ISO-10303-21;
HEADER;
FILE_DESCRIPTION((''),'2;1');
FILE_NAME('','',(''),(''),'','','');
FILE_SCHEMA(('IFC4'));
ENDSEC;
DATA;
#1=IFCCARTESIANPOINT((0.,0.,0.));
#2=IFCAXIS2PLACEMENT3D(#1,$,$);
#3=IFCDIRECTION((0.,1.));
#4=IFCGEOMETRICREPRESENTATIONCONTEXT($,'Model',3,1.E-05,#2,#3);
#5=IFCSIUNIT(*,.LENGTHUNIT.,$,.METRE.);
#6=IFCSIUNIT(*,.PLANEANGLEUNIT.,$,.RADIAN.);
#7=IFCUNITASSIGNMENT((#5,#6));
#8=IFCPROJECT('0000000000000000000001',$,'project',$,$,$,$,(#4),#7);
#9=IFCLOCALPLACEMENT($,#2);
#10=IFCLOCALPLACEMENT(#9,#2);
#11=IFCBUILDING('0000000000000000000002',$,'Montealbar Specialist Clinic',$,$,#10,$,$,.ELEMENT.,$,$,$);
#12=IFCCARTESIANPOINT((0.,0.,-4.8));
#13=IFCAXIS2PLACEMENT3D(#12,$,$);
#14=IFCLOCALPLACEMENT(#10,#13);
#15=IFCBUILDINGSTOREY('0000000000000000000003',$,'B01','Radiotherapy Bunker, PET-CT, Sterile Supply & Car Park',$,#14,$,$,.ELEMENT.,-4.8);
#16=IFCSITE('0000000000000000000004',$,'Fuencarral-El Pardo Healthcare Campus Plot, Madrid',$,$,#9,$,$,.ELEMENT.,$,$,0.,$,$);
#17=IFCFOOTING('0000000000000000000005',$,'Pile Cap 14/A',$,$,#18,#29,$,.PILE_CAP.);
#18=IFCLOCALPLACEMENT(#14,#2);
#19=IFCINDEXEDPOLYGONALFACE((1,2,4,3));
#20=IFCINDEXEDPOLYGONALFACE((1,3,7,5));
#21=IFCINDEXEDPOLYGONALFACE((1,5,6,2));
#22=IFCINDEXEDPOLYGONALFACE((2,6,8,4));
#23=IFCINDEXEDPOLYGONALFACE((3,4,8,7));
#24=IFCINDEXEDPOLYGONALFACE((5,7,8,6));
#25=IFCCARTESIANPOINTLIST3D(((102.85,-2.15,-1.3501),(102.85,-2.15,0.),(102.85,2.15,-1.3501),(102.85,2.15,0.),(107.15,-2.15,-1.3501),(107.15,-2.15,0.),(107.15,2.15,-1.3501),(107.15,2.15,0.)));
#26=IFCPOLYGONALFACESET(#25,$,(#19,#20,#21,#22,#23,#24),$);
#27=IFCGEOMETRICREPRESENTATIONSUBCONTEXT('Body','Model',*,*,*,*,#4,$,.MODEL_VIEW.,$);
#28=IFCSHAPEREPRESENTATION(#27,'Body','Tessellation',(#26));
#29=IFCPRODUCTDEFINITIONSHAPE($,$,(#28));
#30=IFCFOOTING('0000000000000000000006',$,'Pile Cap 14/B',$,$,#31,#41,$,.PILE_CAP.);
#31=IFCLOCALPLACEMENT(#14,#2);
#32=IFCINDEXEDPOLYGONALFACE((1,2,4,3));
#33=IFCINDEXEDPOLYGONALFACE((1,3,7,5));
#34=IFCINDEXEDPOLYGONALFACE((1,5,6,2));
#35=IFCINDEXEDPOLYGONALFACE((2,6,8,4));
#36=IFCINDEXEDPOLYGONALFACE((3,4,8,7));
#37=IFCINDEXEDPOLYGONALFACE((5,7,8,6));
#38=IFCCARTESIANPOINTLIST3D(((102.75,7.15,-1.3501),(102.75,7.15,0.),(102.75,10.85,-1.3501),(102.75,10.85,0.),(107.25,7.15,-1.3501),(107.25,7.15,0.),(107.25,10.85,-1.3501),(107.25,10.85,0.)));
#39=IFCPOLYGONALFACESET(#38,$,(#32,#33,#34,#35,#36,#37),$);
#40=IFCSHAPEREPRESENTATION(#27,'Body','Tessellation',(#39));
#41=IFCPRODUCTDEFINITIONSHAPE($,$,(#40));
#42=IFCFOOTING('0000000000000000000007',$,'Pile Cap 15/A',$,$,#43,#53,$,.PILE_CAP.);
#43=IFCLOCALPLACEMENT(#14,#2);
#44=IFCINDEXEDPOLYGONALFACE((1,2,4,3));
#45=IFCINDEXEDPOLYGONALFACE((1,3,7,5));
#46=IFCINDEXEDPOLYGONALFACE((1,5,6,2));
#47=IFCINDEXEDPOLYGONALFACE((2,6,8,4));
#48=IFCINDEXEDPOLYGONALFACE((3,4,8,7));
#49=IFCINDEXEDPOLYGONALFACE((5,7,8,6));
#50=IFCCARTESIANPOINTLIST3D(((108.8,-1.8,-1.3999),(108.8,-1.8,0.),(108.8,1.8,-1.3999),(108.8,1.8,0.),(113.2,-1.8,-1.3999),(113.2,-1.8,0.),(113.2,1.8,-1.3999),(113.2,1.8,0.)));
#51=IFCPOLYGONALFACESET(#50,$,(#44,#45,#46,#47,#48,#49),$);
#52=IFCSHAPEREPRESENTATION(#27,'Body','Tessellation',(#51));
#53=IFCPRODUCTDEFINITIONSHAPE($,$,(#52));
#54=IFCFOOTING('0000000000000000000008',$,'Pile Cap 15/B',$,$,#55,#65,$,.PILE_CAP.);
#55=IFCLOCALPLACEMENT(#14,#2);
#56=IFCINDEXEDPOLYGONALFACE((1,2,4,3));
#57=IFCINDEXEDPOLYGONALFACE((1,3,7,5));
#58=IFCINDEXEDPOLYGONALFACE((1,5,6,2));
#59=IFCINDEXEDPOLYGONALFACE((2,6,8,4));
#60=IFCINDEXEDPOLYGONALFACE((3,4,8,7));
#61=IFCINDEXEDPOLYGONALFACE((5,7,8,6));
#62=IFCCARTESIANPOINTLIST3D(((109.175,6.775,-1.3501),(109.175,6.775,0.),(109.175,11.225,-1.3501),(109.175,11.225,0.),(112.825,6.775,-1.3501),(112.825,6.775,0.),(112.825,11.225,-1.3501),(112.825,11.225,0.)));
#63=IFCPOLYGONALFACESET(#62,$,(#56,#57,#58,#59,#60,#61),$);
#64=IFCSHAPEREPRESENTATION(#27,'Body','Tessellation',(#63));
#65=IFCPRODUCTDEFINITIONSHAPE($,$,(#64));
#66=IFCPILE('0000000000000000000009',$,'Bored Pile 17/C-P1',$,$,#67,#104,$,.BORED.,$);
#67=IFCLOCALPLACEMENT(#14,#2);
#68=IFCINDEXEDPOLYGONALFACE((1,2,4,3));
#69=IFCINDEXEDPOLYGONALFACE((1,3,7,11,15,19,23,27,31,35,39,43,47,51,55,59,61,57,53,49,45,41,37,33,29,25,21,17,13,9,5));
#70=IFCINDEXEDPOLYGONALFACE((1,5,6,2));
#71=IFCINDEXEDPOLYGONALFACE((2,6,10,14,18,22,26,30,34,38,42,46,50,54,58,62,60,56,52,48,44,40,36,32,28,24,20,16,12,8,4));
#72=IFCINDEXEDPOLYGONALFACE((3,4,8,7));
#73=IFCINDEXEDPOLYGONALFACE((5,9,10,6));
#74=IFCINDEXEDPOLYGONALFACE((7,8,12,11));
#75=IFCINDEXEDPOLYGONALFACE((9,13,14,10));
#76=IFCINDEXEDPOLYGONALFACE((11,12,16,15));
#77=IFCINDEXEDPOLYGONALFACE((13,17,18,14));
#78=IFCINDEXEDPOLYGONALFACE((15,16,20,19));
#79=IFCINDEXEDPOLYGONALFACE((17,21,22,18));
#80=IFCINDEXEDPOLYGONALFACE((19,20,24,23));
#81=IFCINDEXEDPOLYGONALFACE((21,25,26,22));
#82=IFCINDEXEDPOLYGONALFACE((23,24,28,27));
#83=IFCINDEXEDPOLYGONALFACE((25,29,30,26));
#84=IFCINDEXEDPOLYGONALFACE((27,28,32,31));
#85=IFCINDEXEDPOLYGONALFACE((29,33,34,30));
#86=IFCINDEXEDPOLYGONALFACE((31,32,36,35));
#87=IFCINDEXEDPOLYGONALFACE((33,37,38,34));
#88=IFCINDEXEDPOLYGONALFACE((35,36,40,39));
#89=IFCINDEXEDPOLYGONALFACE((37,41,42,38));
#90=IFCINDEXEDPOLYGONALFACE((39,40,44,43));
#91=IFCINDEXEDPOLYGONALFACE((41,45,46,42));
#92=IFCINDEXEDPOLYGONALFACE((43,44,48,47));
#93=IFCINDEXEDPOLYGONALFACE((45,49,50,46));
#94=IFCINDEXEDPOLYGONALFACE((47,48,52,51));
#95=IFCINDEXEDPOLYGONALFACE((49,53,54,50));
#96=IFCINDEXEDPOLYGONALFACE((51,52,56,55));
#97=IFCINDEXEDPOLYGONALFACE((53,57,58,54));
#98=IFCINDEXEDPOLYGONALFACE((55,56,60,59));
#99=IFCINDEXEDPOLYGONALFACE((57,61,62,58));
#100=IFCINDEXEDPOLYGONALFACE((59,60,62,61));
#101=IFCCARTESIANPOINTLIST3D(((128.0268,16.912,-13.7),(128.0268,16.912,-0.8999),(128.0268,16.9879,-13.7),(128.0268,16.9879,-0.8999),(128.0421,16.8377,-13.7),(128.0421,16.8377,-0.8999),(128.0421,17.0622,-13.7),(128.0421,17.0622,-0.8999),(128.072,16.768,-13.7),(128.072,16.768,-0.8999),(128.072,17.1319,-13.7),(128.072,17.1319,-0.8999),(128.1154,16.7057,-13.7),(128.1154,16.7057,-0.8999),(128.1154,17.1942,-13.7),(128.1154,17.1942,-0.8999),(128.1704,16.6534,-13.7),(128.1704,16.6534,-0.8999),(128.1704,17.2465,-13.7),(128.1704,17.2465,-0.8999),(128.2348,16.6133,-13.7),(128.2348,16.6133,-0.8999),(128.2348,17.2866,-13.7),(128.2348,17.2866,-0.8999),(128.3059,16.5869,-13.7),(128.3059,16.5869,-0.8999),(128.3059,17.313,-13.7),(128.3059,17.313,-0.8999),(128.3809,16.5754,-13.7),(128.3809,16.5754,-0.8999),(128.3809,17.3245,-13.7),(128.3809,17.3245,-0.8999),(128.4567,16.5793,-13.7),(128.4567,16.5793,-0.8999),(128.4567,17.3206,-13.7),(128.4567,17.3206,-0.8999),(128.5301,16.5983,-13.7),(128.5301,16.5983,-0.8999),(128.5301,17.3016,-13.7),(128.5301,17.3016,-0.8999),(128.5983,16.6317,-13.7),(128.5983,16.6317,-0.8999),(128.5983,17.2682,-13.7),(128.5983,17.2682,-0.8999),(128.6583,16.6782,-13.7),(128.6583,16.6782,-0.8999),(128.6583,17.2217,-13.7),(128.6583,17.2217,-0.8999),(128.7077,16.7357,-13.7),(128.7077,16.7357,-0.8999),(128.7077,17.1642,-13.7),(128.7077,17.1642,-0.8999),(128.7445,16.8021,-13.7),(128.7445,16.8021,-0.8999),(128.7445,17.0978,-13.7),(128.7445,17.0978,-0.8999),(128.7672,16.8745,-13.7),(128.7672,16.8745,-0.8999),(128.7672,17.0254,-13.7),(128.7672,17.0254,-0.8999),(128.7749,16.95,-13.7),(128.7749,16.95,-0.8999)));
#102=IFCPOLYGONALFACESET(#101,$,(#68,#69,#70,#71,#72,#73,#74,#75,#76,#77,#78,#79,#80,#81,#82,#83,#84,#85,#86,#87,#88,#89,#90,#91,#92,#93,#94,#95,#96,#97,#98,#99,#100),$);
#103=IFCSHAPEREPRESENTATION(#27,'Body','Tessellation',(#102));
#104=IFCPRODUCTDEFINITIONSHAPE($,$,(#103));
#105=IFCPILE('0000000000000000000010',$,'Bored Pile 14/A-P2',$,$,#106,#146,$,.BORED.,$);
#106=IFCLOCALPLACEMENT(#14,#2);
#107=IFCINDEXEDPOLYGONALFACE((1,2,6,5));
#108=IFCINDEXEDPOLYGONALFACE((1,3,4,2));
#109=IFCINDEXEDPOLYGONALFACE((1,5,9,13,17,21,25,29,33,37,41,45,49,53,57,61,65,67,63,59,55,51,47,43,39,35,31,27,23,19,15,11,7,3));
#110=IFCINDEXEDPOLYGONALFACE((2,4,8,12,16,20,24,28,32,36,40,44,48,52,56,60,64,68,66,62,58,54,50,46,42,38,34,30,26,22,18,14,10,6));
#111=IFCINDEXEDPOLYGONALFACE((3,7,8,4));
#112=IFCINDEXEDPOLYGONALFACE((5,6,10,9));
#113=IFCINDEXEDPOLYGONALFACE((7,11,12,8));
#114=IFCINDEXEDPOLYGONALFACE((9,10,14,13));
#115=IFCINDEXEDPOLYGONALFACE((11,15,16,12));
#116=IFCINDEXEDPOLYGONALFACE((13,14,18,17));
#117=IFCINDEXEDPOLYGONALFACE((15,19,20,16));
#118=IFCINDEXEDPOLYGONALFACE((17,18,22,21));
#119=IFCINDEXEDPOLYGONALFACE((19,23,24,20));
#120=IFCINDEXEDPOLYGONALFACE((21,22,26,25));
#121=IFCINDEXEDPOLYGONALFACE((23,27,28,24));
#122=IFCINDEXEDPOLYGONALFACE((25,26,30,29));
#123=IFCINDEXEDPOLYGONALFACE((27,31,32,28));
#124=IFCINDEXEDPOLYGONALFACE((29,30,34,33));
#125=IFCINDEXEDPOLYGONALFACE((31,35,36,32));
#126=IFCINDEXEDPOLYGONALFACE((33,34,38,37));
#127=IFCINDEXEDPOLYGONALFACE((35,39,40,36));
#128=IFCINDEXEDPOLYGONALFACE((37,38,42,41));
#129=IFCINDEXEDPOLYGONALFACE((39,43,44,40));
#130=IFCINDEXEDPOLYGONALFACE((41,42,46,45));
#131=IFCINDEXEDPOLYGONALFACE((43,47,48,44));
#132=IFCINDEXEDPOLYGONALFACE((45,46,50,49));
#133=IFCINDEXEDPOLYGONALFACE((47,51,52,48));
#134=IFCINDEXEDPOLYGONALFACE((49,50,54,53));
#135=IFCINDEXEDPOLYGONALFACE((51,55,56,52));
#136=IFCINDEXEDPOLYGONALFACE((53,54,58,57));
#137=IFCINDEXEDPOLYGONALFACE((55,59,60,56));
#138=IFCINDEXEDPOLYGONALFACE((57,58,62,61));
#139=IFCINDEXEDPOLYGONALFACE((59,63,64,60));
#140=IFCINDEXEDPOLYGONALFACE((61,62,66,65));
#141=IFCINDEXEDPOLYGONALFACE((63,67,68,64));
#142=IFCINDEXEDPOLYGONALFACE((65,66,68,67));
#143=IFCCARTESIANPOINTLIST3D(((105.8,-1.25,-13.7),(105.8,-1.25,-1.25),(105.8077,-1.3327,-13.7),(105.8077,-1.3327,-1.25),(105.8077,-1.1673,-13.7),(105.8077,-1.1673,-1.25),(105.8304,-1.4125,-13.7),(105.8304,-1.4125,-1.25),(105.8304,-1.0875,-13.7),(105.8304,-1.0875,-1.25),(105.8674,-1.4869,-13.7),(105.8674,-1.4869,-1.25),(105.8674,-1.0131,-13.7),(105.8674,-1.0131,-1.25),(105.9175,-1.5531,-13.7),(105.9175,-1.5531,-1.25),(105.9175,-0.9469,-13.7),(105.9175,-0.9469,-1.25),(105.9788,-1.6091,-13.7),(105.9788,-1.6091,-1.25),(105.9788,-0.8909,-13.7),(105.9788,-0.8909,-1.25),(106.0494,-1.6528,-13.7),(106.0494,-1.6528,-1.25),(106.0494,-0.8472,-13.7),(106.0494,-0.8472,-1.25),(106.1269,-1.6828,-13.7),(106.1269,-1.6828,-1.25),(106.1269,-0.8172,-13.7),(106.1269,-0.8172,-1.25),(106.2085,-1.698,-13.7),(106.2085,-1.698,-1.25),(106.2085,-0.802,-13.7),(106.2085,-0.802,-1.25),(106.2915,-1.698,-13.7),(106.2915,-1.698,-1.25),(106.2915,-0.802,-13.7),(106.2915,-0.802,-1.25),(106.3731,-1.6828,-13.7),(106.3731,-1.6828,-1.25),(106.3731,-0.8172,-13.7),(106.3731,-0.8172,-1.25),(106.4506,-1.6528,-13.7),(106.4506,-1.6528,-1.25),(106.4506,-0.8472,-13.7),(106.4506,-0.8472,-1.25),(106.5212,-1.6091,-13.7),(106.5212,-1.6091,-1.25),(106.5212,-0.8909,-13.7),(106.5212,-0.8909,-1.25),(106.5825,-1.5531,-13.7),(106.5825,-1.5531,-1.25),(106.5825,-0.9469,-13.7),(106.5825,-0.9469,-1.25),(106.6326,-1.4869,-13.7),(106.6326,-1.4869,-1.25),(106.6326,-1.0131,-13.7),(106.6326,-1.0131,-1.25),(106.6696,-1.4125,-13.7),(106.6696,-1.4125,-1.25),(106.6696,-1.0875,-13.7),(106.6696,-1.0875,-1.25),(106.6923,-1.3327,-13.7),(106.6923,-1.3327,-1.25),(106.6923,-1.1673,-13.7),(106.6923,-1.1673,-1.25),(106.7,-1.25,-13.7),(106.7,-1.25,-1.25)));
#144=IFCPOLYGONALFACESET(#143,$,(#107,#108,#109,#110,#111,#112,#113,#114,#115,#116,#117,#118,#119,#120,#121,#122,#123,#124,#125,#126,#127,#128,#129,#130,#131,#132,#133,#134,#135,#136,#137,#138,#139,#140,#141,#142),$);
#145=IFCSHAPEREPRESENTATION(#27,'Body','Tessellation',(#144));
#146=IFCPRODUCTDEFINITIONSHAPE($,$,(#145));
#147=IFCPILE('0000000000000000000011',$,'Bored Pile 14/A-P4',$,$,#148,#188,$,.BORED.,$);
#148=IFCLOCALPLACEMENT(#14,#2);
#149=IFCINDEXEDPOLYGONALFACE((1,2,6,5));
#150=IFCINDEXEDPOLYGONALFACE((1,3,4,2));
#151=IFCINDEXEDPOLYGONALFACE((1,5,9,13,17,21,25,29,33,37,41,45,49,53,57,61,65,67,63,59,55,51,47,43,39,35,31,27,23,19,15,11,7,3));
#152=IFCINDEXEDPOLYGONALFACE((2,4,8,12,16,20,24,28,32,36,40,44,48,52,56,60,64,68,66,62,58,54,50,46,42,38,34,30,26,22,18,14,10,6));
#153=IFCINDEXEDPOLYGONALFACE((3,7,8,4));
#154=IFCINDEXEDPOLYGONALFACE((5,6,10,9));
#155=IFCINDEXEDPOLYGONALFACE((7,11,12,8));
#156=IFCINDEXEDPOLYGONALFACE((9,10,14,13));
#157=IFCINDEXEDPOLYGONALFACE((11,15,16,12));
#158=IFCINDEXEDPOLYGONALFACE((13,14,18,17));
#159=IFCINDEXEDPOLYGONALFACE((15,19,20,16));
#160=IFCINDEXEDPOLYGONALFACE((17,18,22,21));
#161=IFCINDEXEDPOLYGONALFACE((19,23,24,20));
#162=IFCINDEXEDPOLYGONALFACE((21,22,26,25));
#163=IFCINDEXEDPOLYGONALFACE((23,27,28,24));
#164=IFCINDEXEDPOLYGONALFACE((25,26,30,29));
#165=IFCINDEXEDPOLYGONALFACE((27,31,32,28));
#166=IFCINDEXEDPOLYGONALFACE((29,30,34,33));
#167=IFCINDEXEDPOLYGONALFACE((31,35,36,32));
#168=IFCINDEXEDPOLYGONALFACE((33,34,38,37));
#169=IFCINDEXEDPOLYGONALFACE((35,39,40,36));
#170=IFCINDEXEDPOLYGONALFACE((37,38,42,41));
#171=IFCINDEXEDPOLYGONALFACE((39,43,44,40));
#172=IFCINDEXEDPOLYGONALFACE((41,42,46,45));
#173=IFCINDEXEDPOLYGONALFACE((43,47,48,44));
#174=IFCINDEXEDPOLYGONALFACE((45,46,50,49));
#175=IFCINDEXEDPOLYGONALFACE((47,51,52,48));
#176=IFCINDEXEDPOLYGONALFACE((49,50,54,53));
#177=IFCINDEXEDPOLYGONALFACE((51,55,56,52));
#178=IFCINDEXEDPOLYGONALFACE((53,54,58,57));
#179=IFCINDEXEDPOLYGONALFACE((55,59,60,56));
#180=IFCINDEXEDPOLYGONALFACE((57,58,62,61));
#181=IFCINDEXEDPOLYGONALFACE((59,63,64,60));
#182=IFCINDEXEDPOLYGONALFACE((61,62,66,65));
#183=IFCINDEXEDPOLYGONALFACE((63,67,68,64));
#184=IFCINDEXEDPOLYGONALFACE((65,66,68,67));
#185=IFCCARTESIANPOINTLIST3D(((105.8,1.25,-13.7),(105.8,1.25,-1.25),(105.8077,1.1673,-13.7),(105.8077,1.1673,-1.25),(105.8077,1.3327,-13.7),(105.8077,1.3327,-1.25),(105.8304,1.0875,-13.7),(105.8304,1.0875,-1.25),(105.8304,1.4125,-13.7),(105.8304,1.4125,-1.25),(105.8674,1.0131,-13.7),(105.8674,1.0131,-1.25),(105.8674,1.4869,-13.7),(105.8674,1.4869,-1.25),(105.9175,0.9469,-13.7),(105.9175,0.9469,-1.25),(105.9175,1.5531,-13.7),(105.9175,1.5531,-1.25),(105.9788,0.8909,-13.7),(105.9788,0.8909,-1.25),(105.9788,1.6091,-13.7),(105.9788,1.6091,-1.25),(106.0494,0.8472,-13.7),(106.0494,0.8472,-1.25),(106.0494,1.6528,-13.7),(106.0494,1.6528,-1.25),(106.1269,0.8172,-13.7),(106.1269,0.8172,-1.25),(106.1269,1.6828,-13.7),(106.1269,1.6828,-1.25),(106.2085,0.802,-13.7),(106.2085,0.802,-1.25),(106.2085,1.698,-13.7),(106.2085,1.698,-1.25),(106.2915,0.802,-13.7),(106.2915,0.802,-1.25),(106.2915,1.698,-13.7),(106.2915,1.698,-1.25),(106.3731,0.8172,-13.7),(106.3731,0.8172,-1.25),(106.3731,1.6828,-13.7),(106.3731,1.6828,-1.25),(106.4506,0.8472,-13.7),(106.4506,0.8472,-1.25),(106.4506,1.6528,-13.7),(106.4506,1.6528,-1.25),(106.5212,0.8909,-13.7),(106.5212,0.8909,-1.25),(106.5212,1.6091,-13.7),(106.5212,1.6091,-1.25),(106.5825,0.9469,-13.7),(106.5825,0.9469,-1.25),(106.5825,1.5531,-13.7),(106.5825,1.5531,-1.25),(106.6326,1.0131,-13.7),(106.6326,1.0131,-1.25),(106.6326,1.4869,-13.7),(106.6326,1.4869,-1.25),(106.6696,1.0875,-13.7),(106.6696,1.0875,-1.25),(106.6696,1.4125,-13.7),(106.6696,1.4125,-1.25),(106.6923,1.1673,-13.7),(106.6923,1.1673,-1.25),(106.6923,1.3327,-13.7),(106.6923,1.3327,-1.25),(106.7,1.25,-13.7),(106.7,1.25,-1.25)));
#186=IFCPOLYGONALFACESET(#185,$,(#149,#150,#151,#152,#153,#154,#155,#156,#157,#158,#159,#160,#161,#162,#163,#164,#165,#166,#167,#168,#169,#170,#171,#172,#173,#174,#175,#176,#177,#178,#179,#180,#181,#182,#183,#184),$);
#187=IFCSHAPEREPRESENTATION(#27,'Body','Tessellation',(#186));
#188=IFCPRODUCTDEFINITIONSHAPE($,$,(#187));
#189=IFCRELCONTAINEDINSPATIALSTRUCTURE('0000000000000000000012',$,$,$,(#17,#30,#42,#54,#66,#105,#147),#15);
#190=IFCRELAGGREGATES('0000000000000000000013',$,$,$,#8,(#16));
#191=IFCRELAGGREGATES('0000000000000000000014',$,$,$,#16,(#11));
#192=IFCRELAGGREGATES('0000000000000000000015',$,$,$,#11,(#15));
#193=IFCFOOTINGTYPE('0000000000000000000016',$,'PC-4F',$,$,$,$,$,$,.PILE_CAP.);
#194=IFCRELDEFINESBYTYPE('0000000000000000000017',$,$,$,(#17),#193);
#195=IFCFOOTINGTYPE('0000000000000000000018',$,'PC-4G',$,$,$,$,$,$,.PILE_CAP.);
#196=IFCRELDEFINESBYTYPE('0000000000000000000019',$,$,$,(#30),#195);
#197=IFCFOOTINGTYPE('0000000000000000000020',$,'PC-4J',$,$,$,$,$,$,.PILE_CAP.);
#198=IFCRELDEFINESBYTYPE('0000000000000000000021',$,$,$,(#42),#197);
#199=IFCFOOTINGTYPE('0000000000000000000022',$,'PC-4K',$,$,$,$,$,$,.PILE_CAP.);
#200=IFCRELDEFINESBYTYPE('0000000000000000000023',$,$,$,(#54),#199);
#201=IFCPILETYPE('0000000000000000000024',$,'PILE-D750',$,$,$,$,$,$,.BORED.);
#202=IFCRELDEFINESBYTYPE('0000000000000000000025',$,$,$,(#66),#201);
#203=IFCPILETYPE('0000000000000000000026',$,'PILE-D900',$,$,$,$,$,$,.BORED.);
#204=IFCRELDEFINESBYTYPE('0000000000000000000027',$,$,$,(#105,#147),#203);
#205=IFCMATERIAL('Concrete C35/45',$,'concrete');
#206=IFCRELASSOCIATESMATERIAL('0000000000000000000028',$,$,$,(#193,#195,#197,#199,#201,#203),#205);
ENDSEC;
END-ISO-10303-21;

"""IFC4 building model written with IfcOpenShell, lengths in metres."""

from ifc_helpers import new_model, si_unit, direction, frame, origin, origin_2d, place, context, subcontext, project, spatial, rectangle, circle, extrude, material, material_profile, profile_set, type_object, element, save


model = new_model("IFC4")

# Units and contexts
model_context = context("Model", 3, precision=1e-05, world=origin(), true_north=direction((0.0, 1.0)))
body_context = subcontext(model_context, "Body", "Model", "MODEL_VIEW")
ifc_project = project(units=[si_unit("LENGTHUNIT", "METRE"), si_unit("PLANEANGLEUNIT", "RADIAN")], contexts=[model_context])

# Site, building, storey
site_placement = place(None, origin())
site = spatial("IfcSite", under=ifc_project, at=site_placement, Name="Fuencarral-El Pardo Healthcare Campus Plot, Madrid", CompositionType="ELEMENT", RefElevation=0.0)
building_placement = place(site_placement, origin())
building = spatial("IfcBuilding", under=site, at=building_placement, Name="Montealbar Specialist Clinic", CompositionType="ELEMENT")
storey_placement = place(building_placement, frame((0.0, 0.0, -4.8)))
storey = spatial("IfcBuildingStorey", under=building, at=storey_placement, Name="B01", Description="Radiotherapy Bunker, PET-CT, Sterile Supply & Car Park", CompositionType="ELEMENT", Elevation=-4.8)

# Footings
ifc_material_1 = material(Name="Concrete C35/45", Category="concrete")
footing_type_1 = type_object("IfcFootingType", Name="PC-4F", PredefinedType="PILE_CAP", material=ifc_material_1)
footing_1_placement = place(storey_placement, frame((105.0, 0.0, -1.3501), z_axis=(0.0, 0.0, 1.0), x_axis=(1.0, 0.0, 0.0)))
element("IfcFooting", 1, at=footing_1_placement, inside=storey, type_object=footing_type_1, Name="Pile Cap 14/A", PredefinedType="PILE_CAP", context=body_context, shape_type="SweptSolid", body=[
    extrude(rectangle(XDim=4.3, YDim=4.3, at=origin_2d()), origin(), (0.0, 0.0, 1.0), 1.3501),
])
footing_type_2 = type_object("IfcFootingType", Name="PC-4G", PredefinedType="PILE_CAP", material=ifc_material_1)
footing_2_placement = place(storey_placement, frame((105.0, 9.0, -1.3501), z_axis=(0.0, 0.0, 1.0), x_axis=(1.0, 0.0, 0.0)))
element("IfcFooting", 2, at=footing_2_placement, inside=storey, type_object=footing_type_2, Name="Pile Cap 14/B", PredefinedType="PILE_CAP", context=body_context, shape_type="SweptSolid", body=[
    extrude(rectangle(XDim=4.5, YDim=3.7, at=origin_2d()), origin(), (0.0, 0.0, 1.0), 1.3501),
])
footing_type_3 = type_object("IfcFootingType", Name="PC-4J", PredefinedType="PILE_CAP", material=ifc_material_1)
footing_3_placement = place(storey_placement, frame((111.0, 0.0, -1.3999), z_axis=(0.0, 0.0, 1.0), x_axis=(1.0, 0.0, 0.0)))
element("IfcFooting", 3, at=footing_3_placement, inside=storey, type_object=footing_type_3, Name="Pile Cap 15/A", PredefinedType="PILE_CAP", context=body_context, shape_type="SweptSolid", body=[
    extrude(rectangle(XDim=4.3999, YDim=3.6001, at=origin_2d()), origin(), (0.0, 0.0, 1.0), 1.3999),
])
footing_type_4 = type_object("IfcFootingType", Name="PC-4K", PredefinedType="PILE_CAP", material=ifc_material_1)
footing_4_placement = place(storey_placement, frame((111.0, 9.0, -1.3501), z_axis=(0.0, 0.0, 1.0), x_axis=(1.0, 0.0, 0.0)))
element("IfcFooting", 4, at=footing_4_placement, inside=storey, type_object=footing_type_4, Name="Pile Cap 15/B", PredefinedType="PILE_CAP", context=body_context, shape_type="SweptSolid", body=[
    extrude(rectangle(XDim=3.6499, YDim=4.45, at=origin_2d()), origin(), (0.0, 0.0, 1.0), 1.3501),
])

# Piles
ifc_material_profile_1 = material_profile(ifc_material_1, circle(Radius=0.375, at=origin_2d()), Name="PILE D750", Category="concrete")
ifc_profile_set_1 = profile_set([ifc_material_profile_1], Name="Concrete C35/45")
pile_type_1 = type_object("IfcPileType", Name="PILE-D750", PredefinedType="BORED", material=ifc_profile_set_1)
pile_placement = place(storey_placement, frame((128.3999, 16.95, -0.8999), z_axis=(0.0, 0.0, -1.0), x_axis=(1.0, 0.0, 0.0)))
element("IfcPile", 5, at=pile_placement, inside=storey, type_object=pile_type_1, Name="Bored Pile 17/C-P1", PredefinedType="BORED", context=body_context, shape_type="SweptSolid", body=[
    extrude(circle(Radius=0.375, at=origin_2d()), origin(), (0.0, 0.0, 1.0), 12.8),
])
ifc_material_profile_2 = material_profile(ifc_material_1, circle(Radius=0.45, at=origin_2d()), Name="PILE D900", Category="concrete")
ifc_profile_set_2 = profile_set([ifc_material_profile_2], Name="Concrete C35/45")
pile_type_2 = type_object("IfcPileType", Name="PILE-D900", PredefinedType="BORED", material=ifc_profile_set_2)
for number, where, z_axis, x_axis, name in (
    (6, (106.25, -1.25, -1.25), (0.0, 0.0, -1.0), (1.0, 0.0, 0.0), "Bored Pile 14/A-P2"),
    (7, (106.25, 1.25, -1.25), (0.0, 0.0, -1.0), (1.0, 0.0, 0.0), "Bored Pile 14/A-P4"),
):
    element("IfcPile", number, at=place(storey_placement, frame(where, z_axis=z_axis, x_axis=x_axis)), inside=storey, type_object=pile_type_2, Name=name, PredefinedType="BORED", context=body_context, shape_type="SweptSolid", body=[
        extrude(circle(Radius=0.45, at=origin_2d()), origin(), (0.0, 0.0, 1.0), 12.45),
    ])

save(model, "model.ifc")
